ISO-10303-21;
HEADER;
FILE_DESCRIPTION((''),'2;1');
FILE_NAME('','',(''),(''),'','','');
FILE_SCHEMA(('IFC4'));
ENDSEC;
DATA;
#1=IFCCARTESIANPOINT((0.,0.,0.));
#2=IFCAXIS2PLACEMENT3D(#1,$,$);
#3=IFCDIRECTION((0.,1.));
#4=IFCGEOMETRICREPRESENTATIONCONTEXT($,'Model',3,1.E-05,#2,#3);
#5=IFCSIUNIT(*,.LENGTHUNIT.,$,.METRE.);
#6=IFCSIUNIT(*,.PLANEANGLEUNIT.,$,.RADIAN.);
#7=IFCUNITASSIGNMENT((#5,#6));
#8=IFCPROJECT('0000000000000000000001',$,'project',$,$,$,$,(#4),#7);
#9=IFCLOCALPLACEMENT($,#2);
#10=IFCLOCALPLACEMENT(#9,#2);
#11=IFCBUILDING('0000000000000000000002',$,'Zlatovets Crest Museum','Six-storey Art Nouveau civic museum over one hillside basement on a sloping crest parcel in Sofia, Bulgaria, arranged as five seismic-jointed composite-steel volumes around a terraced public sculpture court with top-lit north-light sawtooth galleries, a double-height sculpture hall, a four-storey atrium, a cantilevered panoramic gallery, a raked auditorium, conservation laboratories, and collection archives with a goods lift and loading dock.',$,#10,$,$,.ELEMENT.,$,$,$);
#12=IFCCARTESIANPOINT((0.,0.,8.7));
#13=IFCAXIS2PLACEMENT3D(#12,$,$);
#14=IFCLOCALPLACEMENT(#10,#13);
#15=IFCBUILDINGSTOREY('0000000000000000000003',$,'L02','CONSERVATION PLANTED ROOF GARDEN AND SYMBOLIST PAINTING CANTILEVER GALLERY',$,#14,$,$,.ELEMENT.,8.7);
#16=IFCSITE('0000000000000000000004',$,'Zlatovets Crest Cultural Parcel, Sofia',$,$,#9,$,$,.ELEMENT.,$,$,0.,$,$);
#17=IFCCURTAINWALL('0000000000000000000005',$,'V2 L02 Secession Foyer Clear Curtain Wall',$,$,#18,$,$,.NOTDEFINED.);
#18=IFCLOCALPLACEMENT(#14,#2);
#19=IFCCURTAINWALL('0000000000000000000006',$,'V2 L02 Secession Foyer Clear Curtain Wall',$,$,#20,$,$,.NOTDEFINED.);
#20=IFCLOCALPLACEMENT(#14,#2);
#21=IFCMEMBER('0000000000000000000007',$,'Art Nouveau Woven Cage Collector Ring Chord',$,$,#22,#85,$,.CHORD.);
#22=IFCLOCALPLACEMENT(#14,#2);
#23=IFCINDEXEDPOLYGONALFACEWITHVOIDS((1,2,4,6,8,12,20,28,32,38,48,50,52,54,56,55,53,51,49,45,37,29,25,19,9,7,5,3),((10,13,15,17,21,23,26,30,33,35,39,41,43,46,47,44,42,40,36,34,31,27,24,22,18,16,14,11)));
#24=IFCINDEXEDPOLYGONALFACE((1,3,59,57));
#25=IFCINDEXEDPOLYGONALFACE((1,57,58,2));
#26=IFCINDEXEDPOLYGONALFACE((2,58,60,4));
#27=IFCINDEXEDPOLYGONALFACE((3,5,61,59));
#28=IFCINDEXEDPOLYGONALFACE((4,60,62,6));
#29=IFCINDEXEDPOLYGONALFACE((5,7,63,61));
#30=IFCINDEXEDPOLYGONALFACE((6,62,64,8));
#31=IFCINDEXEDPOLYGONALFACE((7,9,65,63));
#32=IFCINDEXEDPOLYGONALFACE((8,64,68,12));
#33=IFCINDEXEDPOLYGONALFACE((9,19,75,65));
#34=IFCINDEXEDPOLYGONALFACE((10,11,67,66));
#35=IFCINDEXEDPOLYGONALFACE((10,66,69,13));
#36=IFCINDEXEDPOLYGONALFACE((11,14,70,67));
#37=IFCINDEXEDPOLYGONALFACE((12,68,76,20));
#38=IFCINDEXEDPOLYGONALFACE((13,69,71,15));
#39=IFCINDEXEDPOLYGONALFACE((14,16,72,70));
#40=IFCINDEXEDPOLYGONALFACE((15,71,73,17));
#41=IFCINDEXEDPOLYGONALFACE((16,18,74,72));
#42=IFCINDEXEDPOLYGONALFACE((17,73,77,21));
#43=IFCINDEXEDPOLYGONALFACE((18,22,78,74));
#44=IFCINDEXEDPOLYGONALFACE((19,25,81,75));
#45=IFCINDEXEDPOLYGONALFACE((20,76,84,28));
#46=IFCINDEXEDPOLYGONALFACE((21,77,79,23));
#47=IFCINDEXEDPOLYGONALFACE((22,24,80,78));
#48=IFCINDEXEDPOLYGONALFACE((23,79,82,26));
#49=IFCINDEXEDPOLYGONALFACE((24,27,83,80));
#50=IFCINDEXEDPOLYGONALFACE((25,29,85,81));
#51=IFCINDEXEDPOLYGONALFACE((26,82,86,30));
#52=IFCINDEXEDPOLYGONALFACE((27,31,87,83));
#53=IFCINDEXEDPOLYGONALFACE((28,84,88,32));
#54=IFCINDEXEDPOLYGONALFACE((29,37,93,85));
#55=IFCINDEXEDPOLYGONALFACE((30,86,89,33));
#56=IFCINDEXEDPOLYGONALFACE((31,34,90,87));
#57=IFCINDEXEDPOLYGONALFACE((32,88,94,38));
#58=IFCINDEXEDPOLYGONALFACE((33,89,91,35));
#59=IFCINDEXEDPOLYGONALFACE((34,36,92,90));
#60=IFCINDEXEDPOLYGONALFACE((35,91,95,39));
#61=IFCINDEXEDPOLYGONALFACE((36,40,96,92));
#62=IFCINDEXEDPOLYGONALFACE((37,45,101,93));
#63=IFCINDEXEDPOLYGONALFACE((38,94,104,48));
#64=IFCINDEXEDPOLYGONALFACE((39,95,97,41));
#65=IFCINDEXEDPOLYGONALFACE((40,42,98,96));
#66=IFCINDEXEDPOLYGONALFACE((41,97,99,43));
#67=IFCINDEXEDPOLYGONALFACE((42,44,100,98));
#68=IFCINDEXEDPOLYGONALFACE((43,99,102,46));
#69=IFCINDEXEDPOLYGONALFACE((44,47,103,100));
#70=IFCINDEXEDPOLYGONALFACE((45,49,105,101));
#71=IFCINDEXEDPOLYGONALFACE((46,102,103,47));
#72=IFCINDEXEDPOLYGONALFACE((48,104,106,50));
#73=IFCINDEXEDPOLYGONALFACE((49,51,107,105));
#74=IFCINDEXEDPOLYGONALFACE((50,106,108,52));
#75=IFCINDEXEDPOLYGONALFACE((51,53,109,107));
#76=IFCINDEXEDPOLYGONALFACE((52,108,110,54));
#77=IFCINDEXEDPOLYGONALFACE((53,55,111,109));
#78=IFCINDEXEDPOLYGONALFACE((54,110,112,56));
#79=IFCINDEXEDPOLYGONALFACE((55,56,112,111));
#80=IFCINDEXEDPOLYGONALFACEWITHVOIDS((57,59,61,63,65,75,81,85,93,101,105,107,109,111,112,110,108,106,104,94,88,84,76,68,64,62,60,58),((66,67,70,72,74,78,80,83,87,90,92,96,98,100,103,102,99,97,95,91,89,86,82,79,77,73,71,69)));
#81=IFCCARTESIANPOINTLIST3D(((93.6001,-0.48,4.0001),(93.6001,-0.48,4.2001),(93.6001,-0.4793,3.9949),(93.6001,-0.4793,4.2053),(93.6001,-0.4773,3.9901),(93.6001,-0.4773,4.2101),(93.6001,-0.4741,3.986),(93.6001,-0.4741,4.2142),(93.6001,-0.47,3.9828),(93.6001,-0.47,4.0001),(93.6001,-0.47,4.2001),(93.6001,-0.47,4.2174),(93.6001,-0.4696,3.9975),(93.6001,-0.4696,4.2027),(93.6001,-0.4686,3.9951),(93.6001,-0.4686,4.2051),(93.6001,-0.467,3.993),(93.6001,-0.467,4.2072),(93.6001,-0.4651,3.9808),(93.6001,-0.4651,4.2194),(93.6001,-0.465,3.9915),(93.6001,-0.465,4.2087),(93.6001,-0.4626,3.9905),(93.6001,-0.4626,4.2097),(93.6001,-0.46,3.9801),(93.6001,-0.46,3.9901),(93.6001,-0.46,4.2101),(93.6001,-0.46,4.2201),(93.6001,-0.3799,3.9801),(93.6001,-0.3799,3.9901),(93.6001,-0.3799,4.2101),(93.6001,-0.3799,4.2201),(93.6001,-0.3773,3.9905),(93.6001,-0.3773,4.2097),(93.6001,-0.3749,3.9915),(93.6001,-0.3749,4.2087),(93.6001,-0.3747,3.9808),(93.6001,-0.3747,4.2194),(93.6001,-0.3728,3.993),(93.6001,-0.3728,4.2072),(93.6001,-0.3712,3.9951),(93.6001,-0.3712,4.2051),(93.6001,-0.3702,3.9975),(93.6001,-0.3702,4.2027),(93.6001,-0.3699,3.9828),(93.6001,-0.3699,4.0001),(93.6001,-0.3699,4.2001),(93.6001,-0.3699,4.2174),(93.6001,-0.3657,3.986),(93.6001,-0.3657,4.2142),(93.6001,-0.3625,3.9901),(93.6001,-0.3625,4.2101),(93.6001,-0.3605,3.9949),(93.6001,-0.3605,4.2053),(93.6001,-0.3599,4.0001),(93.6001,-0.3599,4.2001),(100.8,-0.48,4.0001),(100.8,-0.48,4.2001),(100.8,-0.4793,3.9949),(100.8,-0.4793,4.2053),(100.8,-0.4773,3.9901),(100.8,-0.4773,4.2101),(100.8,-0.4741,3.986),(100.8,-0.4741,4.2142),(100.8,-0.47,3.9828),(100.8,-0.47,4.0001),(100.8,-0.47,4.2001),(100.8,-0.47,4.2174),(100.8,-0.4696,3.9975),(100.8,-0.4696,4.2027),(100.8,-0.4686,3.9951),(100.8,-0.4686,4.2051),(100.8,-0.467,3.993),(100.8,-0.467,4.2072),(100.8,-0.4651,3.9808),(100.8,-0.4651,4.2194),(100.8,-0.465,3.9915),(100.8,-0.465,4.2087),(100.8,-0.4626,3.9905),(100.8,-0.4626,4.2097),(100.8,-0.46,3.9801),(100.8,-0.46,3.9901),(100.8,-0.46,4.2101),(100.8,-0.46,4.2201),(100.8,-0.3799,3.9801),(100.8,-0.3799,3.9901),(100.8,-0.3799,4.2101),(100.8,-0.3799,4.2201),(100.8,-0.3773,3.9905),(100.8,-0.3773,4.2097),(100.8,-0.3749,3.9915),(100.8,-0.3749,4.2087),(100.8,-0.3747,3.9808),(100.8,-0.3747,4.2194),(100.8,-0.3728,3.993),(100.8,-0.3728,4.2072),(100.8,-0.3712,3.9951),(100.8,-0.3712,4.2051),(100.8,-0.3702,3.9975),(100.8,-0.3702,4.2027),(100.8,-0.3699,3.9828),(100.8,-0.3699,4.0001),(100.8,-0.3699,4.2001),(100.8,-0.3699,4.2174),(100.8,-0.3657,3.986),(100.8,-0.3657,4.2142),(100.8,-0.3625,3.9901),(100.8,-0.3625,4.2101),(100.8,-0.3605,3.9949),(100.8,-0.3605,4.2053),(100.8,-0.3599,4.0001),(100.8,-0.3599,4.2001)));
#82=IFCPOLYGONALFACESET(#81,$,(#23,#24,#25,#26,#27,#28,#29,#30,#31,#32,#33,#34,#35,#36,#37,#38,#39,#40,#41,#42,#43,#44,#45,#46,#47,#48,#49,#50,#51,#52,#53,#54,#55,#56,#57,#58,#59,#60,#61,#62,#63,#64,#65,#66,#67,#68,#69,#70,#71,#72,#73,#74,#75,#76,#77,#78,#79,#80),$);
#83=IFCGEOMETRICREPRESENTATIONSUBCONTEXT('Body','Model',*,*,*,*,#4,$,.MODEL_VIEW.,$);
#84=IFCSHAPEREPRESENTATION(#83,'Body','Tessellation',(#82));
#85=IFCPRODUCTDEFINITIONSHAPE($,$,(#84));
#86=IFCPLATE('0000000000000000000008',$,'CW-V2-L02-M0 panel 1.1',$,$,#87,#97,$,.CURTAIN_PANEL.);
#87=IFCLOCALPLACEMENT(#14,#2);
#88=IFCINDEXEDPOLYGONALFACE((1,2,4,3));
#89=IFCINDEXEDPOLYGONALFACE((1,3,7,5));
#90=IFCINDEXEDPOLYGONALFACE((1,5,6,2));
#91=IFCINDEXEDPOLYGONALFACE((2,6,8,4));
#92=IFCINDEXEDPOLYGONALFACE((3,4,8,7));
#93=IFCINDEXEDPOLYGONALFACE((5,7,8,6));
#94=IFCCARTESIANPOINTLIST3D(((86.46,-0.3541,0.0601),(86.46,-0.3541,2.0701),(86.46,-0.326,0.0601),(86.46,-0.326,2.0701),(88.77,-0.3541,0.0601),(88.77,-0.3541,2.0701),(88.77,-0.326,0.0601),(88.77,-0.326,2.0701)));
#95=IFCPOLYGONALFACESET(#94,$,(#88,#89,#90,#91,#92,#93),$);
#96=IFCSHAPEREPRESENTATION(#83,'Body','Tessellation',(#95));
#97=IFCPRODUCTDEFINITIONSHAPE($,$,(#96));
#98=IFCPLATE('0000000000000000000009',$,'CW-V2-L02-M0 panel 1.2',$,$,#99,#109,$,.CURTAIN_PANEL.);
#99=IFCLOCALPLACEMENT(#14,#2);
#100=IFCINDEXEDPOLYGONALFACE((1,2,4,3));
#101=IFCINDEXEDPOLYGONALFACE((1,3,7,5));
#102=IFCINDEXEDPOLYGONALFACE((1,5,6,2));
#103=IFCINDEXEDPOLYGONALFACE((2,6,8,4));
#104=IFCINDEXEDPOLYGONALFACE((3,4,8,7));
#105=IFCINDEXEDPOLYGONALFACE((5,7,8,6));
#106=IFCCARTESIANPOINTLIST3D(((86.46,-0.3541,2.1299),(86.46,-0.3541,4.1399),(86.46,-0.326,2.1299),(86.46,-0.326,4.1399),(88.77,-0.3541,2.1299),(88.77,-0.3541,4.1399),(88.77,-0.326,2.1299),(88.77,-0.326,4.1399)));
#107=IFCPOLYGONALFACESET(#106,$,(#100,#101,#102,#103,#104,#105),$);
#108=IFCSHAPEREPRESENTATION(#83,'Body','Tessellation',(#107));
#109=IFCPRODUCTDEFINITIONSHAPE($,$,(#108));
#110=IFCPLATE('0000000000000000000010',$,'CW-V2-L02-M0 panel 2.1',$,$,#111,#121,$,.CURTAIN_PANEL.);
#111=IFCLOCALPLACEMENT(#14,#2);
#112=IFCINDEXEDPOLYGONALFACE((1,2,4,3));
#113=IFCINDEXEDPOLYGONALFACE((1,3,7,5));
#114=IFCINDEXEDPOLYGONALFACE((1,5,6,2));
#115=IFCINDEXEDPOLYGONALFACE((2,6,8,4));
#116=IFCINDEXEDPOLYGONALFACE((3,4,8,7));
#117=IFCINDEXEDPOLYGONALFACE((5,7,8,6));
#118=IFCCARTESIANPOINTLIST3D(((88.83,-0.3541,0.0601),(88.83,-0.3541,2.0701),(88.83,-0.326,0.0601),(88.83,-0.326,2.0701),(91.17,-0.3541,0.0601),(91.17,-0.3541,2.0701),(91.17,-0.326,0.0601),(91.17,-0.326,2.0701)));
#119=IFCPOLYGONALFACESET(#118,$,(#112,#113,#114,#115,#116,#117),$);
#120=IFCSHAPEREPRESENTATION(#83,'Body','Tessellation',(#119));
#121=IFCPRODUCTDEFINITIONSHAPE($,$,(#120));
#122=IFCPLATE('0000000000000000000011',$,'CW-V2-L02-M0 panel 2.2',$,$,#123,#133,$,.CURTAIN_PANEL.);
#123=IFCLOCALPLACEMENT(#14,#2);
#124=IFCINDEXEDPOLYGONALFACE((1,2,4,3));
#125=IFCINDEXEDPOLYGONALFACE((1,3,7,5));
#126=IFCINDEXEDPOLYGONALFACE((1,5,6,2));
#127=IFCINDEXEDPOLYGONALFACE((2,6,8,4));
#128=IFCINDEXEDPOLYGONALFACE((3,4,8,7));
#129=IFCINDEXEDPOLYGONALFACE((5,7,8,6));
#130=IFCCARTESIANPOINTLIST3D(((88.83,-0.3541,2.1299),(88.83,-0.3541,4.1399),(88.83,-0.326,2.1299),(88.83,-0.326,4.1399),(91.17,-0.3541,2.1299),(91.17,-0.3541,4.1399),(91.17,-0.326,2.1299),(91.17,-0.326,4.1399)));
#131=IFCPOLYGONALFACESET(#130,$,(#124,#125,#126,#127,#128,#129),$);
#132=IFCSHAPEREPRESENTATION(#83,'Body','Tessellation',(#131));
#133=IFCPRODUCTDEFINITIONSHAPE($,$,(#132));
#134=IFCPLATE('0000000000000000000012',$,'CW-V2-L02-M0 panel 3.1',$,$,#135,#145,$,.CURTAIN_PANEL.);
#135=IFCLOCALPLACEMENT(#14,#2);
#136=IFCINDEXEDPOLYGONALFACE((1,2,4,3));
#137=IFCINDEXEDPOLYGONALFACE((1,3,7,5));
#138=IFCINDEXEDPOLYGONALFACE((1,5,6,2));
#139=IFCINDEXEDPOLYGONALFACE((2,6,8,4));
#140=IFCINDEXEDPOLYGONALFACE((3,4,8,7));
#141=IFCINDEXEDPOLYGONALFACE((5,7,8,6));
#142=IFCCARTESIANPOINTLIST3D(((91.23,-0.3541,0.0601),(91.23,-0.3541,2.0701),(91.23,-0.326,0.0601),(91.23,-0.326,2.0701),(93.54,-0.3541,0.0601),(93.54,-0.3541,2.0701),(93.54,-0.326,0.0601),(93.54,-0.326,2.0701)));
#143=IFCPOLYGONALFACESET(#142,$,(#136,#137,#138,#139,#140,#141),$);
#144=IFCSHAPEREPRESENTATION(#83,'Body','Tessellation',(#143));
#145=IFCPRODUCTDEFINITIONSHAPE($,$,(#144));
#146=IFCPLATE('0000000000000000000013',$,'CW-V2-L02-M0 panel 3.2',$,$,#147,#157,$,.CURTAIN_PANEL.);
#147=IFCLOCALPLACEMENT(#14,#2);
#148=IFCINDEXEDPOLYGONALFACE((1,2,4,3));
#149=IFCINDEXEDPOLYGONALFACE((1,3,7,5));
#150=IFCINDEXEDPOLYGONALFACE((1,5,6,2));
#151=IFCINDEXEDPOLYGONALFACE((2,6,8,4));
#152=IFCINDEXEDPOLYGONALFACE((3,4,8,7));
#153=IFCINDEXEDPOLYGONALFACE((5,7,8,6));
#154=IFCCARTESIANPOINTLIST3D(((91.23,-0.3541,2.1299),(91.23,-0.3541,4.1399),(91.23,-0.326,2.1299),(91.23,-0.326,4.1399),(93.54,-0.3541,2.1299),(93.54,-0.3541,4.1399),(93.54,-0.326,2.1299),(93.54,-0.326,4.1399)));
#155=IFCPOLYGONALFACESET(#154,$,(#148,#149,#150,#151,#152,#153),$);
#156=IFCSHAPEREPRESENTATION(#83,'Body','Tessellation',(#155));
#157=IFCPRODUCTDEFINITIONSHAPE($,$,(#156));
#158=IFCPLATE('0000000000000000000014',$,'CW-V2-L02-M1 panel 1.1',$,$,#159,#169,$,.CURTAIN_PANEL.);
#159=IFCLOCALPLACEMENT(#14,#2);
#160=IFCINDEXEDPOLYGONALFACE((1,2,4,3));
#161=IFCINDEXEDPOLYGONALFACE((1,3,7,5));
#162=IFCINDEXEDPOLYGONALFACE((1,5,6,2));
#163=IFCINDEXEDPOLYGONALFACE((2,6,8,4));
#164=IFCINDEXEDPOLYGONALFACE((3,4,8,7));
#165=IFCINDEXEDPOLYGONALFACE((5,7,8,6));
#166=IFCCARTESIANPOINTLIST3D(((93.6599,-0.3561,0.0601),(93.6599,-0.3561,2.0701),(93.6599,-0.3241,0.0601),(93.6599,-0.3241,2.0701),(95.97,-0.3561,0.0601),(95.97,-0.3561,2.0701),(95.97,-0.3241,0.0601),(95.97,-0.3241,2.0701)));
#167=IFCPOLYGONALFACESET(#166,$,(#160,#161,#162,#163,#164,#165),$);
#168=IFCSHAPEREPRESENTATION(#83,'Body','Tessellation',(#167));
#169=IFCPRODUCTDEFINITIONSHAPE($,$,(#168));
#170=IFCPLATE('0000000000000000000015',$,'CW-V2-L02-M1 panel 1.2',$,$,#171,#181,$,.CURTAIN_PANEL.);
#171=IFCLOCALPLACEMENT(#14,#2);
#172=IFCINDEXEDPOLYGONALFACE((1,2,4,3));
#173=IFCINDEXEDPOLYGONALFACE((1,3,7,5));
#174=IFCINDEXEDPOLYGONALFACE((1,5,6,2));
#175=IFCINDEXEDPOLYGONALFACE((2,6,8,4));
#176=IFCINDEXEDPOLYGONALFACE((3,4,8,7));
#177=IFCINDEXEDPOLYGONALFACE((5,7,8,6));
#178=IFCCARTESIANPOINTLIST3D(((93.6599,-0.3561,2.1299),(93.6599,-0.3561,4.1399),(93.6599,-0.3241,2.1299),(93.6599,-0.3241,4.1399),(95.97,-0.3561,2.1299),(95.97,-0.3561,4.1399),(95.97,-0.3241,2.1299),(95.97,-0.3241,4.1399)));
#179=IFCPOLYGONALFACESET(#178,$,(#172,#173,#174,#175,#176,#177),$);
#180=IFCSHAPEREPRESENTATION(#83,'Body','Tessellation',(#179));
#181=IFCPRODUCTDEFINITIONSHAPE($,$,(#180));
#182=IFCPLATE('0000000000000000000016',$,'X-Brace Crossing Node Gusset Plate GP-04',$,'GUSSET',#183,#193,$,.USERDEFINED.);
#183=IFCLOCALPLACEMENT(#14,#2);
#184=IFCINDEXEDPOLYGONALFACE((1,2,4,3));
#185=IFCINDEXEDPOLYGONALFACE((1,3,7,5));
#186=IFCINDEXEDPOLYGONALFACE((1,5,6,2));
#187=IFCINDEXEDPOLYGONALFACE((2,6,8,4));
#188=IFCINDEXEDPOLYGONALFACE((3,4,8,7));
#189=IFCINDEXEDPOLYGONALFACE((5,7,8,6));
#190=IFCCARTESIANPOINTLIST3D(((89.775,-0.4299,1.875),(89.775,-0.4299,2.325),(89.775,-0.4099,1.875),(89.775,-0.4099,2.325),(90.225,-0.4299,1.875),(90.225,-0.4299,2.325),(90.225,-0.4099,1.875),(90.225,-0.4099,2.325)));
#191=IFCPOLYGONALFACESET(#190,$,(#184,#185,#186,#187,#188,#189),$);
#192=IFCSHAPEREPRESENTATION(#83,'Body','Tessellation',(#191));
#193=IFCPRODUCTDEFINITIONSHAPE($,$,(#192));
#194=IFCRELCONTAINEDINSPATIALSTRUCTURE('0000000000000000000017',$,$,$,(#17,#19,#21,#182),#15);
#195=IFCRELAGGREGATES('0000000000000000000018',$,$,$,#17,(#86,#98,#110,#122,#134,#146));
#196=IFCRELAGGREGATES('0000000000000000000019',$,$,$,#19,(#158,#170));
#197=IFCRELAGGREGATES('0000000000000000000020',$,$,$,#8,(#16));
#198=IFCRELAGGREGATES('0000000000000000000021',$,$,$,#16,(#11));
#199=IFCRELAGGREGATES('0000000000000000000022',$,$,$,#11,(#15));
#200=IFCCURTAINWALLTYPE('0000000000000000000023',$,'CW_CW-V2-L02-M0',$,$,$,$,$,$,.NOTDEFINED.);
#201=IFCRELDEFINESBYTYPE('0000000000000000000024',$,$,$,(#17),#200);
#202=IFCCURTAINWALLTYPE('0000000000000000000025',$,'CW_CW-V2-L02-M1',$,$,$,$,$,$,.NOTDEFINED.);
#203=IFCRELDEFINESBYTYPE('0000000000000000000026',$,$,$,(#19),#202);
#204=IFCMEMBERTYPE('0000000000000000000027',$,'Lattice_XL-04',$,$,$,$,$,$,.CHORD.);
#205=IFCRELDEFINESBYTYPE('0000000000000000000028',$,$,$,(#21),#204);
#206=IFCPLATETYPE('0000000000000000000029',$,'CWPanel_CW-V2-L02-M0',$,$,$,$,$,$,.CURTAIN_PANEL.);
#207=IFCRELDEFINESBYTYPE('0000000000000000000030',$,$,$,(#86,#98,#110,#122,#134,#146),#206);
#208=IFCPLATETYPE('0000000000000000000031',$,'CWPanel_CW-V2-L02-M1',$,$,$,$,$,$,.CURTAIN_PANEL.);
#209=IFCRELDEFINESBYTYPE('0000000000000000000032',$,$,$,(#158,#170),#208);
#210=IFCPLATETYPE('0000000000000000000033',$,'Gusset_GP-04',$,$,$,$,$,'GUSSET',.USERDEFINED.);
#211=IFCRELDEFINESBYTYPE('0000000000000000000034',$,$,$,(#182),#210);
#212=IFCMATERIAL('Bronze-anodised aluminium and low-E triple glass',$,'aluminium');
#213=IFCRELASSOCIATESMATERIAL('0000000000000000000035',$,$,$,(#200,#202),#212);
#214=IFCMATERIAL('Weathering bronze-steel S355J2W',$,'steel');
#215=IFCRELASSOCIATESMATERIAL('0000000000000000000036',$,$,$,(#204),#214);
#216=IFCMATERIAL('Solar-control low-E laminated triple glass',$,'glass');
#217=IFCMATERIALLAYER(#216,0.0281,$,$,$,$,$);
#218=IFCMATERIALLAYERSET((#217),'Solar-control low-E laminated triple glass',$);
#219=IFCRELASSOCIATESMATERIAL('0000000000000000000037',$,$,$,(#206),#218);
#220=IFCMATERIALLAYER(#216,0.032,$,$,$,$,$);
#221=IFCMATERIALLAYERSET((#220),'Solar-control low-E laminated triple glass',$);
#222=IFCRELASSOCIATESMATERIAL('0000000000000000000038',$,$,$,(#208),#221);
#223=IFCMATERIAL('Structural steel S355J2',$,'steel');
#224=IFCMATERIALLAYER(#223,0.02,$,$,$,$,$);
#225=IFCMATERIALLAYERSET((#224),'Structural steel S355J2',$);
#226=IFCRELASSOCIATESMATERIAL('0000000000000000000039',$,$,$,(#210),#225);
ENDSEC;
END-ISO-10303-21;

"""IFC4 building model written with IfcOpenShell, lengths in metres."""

from ifc_helpers import new_model, si_unit, direction, frame, origin, origin_2d, place, context, subcontext, project, spatial, rectangle, hollow_rectangle, extrude, material, layer, layer_set, material_profile, profile_set, type_object, element, aggregate, save


model = new_model("IFC4")

# Units and contexts
model_context = context("Model", 3, precision=1e-05, world=origin(), true_north=direction((0.0, 1.0)))
body_context = subcontext(model_context, "Body", "Model", "MODEL_VIEW")
ifc_project = project(units=[si_unit("LENGTHUNIT", "METRE"), si_unit("PLANEANGLEUNIT", "RADIAN")], contexts=[model_context])

# Site, building, storey
site_placement = place(None, origin())
site = spatial("IfcSite", under=ifc_project, at=site_placement, Name="Zlatovets Crest Cultural Parcel, Sofia", CompositionType="ELEMENT", RefElevation=0.0)
building_placement = place(site_placement, origin())
building = spatial("IfcBuilding", under=site, at=building_placement, Name="Zlatovets Crest Museum", Description="Six-storey Art Nouveau civic museum over one hillside basement on a sloping crest parcel in Sofia, Bulgaria, arranged as five seismic-jointed composite-steel volumes around a terraced public sculpture court with top-lit north-light sawtooth galleries, a double-height sculpture hall, a four-storey atrium, a cantilevered panoramic gallery, a raked auditorium, conservation laboratories, and collection archives with a goods lift and loading dock.", CompositionType="ELEMENT")
storey_placement = place(building_placement, frame((0.0, 0.0, 8.7)))
storey = spatial("IfcBuildingStorey", under=building, at=storey_placement, Name="L02", Description="CONSERVATION PLANTED ROOF GARDEN AND SYMBOLIST PAINTING CANTILEVER GALLERY", CompositionType="ELEMENT", Elevation=8.7)

# Curtain wall
ifc_material_1 = material(Name="Bronze-anodised aluminium and low-E triple glass", Category="aluminium")
curtain_wall_type_1 = type_object("IfcCurtainWallType", Name="CW_CW-V2-L02-M0", PredefinedType="NOTDEFINED", material=ifc_material_1)
curtain_wall_1_placement = place(storey_placement, origin())
curtain_wall_1 = element("IfcCurtainWall", 1, at=curtain_wall_1_placement, inside=storey, type_object=curtain_wall_type_1, Name="V2 L02 Secession Foyer Clear Curtain Wall", PredefinedType="NOTDEFINED")

# Curtain wall
curtain_wall_type_2 = type_object("IfcCurtainWallType", Name="CW_CW-V2-L02-M1", PredefinedType="NOTDEFINED", material=ifc_material_1)
curtain_wall_2_placement = place(storey_placement, origin())
curtain_wall_2 = element("IfcCurtainWall", 2, at=curtain_wall_2_placement, inside=storey, type_object=curtain_wall_type_2, Name="V2 L02 Secession Foyer Clear Curtain Wall", PredefinedType="NOTDEFINED")

# Member
ifc_material_2 = material(Name="Weathering bronze-steel S355J2W", Category="steel")
ifc_material_profile_1 = material_profile(ifc_material_2, hollow_rectangle(XDim=0.1201, YDim=0.24, WallThickness=0.01, InnerFilletRadius=0.01, OuterFilletRadius=0.02, at=origin_2d()), Name="RHS 120x240x10.0")
ifc_profile_set_1 = profile_set([ifc_material_profile_1], Name="Weathering bronze-steel S355J2W")
member_type_1 = type_object("IfcMemberType", Name="Lattice_XL-04", PredefinedType="CHORD", material=ifc_profile_set_1)
member_1_placement = place(storey_placement, frame((93.6001, -0.4199, 4.1001), z_axis=(1.0, 0.0, 0.0), x_axis=(0.0, 1.0, 0.0)))
element("IfcMember", 3, at=member_1_placement, inside=storey, type_object=member_type_1, Name="Art Nouveau Woven Cage Collector Ring Chord", PredefinedType="CHORD", context=body_context, shape_type="SweptSolid", body=[
    extrude(hollow_rectangle(XDim=0.1201, YDim=0.24, WallThickness=0.01, InnerFilletRadius=0.01, OuterFilletRadius=0.02, at=origin_2d()), origin(), (0.0, 0.0, 1.0), 7.2),
])

# Plates
ifc_material_3 = material(Name="Solar-control low-E laminated triple glass", Category="glass")
ifc_layer_1 = layer(ifc_material_3, 0.0281)
ifc_layer_set_1 = layer_set([ifc_layer_1], Name="Solar-control low-E laminated triple glass")
plate_type_1 = type_object("IfcPlateType", Name="CWPanel_CW-V2-L02-M0", PredefinedType="CURTAIN_PANEL", material=ifc_layer_set_1)
plate_1_placement = place(storey_placement, frame((87.615, -0.3401, 0.0601), z_axis=(0.0, 0.0, 1.0), x_axis=(1.0, 0.0, 0.0)))
plate_1 = element("IfcPlate", 4, at=plate_1_placement, type_object=plate_type_1, Name="CW-V2-L02-M0 panel 1.1", PredefinedType="CURTAIN_PANEL", context=body_context, shape_type="SweptSolid", body=[
    extrude(rectangle(XDim=2.3101, YDim=0.0281, at=origin_2d()), origin(), (0.0, 0.0, 1.0), 2.01),
])
plate_2_placement = place(storey_placement, frame((87.615, -0.3401, 2.1299), z_axis=(0.0, 0.0, 1.0), x_axis=(1.0, 0.0, 0.0)))
plate_2 = element("IfcPlate", 5, at=plate_2_placement, type_object=plate_type_1, Name="CW-V2-L02-M0 panel 1.2", PredefinedType="CURTAIN_PANEL", context=body_context, shape_type="SweptSolid", body=[
    extrude(rectangle(XDim=2.3101, YDim=0.0281, at=origin_2d()), origin(), (0.0, 0.0, 1.0), 2.01),
])
plate_3_placement = place(storey_placement, frame((90.0, -0.3401, 0.0601), z_axis=(0.0, 0.0, 1.0), x_axis=(1.0, 0.0, 0.0)))
plate_3 = element("IfcPlate", 6, at=plate_3_placement, type_object=plate_type_1, Name="CW-V2-L02-M0 panel 2.1", PredefinedType="CURTAIN_PANEL", context=body_context, shape_type="SweptSolid", body=[
    extrude(rectangle(XDim=2.3401, YDim=0.0281, at=origin_2d()), origin(), (0.0, 0.0, 1.0), 2.01),
])
plate_4_placement = place(storey_placement, frame((90.0, -0.3401, 2.1299), z_axis=(0.0, 0.0, 1.0), x_axis=(1.0, 0.0, 0.0)))
plate_4 = element("IfcPlate", 7, at=plate_4_placement, type_object=plate_type_1, Name="CW-V2-L02-M0 panel 2.2", PredefinedType="CURTAIN_PANEL", context=body_context, shape_type="SweptSolid", body=[
    extrude(rectangle(XDim=2.3401, YDim=0.0281, at=origin_2d()), origin(), (0.0, 0.0, 1.0), 2.01),
])
plate_5_placement = place(storey_placement, frame((92.385, -0.3401, 0.0601), z_axis=(0.0, 0.0, 1.0), x_axis=(1.0, 0.0, 0.0)))
plate_5 = element("IfcPlate", 8, at=plate_5_placement, type_object=plate_type_1, Name="CW-V2-L02-M0 panel 3.1", PredefinedType="CURTAIN_PANEL", context=body_context, shape_type="SweptSolid", body=[
    extrude(rectangle(XDim=2.3101, YDim=0.0281, at=origin_2d()), origin(), (0.0, 0.0, 1.0), 2.01),
])
plate_6_placement = place(storey_placement, frame((92.385, -0.3401, 2.1299), z_axis=(0.0, 0.0, 1.0), x_axis=(1.0, 0.0, 0.0)))
plate_6 = element("IfcPlate", 9, at=plate_6_placement, type_object=plate_type_1, Name="CW-V2-L02-M0 panel 3.2", PredefinedType="CURTAIN_PANEL", context=body_context, shape_type="SweptSolid", body=[
    extrude(rectangle(XDim=2.3101, YDim=0.0281, at=origin_2d()), origin(), (0.0, 0.0, 1.0), 2.01),
])
aggregate(curtain_wall_1, [plate_1, plate_2, plate_3, plate_4, plate_5, plate_6])
ifc_layer_2 = layer(ifc_material_3, 0.032)
ifc_layer_set_2 = layer_set([ifc_layer_2], Name="Solar-control low-E laminated triple glass")
plate_type_2 = type_object("IfcPlateType", Name="CWPanel_CW-V2-L02-M1", PredefinedType="CURTAIN_PANEL", material=ifc_layer_set_2)
plate_7_placement = place(storey_placement, frame((94.8149, -0.3401, 0.0601), z_axis=(0.0, 0.0, 1.0), x_axis=(1.0, 0.0, 0.0)))
plate_7 = element("IfcPlate", 10, at=plate_7_placement, type_object=plate_type_2, Name="CW-V2-L02-M1 panel 1.1", PredefinedType="CURTAIN_PANEL", context=body_context, shape_type="SweptSolid", body=[
    extrude(rectangle(XDim=2.3101, YDim=0.032, at=origin_2d()), origin(), (0.0, 0.0, 1.0), 2.01),
])
plate_8_placement = place(storey_placement, frame((94.8149, -0.3401, 2.1299), z_axis=(0.0, 0.0, 1.0), x_axis=(1.0, 0.0, 0.0)))
plate_8 = element("IfcPlate", 11, at=plate_8_placement, type_object=plate_type_2, Name="CW-V2-L02-M1 panel 1.2", PredefinedType="CURTAIN_PANEL", context=body_context, shape_type="SweptSolid", body=[
    extrude(rectangle(XDim=2.3101, YDim=0.032, at=origin_2d()), origin(), (0.0, 0.0, 1.0), 2.01),
])
aggregate(curtain_wall_2, [plate_7, plate_8])

# Plate
ifc_material_4 = material(Name="Structural steel S355J2", Category="steel")
ifc_layer_3 = layer(ifc_material_4, 0.02)
ifc_layer_set_3 = layer_set([ifc_layer_3], Name="Structural steel S355J2")
plate_type_3 = type_object("IfcPlateType", Name="Gusset_GP-04", ElementType="GUSSET", PredefinedType="USERDEFINED", material=ifc_layer_set_3)
for number, where, z_axis, x_axis, name in (
    (12, (90.0, -0.4199, 1.875), (0.0, 0.0, 1.0), (1.0, 0.0, 0.0), "X-Brace Crossing Node Gusset Plate GP-04"),
):
    element("IfcPlate", number, at=place(storey_placement, frame(where, z_axis=z_axis, x_axis=x_axis)), inside=storey, type_object=plate_type_3, Name=name, ObjectType="GUSSET", PredefinedType="USERDEFINED", context=body_context, shape_type="SweptSolid", body=[
        extrude(rectangle(XDim=0.45, YDim=0.02, at=origin_2d()), origin(), (0.0, 0.0, 1.0), 0.45),
    ])

save(model, "model.ifc")
